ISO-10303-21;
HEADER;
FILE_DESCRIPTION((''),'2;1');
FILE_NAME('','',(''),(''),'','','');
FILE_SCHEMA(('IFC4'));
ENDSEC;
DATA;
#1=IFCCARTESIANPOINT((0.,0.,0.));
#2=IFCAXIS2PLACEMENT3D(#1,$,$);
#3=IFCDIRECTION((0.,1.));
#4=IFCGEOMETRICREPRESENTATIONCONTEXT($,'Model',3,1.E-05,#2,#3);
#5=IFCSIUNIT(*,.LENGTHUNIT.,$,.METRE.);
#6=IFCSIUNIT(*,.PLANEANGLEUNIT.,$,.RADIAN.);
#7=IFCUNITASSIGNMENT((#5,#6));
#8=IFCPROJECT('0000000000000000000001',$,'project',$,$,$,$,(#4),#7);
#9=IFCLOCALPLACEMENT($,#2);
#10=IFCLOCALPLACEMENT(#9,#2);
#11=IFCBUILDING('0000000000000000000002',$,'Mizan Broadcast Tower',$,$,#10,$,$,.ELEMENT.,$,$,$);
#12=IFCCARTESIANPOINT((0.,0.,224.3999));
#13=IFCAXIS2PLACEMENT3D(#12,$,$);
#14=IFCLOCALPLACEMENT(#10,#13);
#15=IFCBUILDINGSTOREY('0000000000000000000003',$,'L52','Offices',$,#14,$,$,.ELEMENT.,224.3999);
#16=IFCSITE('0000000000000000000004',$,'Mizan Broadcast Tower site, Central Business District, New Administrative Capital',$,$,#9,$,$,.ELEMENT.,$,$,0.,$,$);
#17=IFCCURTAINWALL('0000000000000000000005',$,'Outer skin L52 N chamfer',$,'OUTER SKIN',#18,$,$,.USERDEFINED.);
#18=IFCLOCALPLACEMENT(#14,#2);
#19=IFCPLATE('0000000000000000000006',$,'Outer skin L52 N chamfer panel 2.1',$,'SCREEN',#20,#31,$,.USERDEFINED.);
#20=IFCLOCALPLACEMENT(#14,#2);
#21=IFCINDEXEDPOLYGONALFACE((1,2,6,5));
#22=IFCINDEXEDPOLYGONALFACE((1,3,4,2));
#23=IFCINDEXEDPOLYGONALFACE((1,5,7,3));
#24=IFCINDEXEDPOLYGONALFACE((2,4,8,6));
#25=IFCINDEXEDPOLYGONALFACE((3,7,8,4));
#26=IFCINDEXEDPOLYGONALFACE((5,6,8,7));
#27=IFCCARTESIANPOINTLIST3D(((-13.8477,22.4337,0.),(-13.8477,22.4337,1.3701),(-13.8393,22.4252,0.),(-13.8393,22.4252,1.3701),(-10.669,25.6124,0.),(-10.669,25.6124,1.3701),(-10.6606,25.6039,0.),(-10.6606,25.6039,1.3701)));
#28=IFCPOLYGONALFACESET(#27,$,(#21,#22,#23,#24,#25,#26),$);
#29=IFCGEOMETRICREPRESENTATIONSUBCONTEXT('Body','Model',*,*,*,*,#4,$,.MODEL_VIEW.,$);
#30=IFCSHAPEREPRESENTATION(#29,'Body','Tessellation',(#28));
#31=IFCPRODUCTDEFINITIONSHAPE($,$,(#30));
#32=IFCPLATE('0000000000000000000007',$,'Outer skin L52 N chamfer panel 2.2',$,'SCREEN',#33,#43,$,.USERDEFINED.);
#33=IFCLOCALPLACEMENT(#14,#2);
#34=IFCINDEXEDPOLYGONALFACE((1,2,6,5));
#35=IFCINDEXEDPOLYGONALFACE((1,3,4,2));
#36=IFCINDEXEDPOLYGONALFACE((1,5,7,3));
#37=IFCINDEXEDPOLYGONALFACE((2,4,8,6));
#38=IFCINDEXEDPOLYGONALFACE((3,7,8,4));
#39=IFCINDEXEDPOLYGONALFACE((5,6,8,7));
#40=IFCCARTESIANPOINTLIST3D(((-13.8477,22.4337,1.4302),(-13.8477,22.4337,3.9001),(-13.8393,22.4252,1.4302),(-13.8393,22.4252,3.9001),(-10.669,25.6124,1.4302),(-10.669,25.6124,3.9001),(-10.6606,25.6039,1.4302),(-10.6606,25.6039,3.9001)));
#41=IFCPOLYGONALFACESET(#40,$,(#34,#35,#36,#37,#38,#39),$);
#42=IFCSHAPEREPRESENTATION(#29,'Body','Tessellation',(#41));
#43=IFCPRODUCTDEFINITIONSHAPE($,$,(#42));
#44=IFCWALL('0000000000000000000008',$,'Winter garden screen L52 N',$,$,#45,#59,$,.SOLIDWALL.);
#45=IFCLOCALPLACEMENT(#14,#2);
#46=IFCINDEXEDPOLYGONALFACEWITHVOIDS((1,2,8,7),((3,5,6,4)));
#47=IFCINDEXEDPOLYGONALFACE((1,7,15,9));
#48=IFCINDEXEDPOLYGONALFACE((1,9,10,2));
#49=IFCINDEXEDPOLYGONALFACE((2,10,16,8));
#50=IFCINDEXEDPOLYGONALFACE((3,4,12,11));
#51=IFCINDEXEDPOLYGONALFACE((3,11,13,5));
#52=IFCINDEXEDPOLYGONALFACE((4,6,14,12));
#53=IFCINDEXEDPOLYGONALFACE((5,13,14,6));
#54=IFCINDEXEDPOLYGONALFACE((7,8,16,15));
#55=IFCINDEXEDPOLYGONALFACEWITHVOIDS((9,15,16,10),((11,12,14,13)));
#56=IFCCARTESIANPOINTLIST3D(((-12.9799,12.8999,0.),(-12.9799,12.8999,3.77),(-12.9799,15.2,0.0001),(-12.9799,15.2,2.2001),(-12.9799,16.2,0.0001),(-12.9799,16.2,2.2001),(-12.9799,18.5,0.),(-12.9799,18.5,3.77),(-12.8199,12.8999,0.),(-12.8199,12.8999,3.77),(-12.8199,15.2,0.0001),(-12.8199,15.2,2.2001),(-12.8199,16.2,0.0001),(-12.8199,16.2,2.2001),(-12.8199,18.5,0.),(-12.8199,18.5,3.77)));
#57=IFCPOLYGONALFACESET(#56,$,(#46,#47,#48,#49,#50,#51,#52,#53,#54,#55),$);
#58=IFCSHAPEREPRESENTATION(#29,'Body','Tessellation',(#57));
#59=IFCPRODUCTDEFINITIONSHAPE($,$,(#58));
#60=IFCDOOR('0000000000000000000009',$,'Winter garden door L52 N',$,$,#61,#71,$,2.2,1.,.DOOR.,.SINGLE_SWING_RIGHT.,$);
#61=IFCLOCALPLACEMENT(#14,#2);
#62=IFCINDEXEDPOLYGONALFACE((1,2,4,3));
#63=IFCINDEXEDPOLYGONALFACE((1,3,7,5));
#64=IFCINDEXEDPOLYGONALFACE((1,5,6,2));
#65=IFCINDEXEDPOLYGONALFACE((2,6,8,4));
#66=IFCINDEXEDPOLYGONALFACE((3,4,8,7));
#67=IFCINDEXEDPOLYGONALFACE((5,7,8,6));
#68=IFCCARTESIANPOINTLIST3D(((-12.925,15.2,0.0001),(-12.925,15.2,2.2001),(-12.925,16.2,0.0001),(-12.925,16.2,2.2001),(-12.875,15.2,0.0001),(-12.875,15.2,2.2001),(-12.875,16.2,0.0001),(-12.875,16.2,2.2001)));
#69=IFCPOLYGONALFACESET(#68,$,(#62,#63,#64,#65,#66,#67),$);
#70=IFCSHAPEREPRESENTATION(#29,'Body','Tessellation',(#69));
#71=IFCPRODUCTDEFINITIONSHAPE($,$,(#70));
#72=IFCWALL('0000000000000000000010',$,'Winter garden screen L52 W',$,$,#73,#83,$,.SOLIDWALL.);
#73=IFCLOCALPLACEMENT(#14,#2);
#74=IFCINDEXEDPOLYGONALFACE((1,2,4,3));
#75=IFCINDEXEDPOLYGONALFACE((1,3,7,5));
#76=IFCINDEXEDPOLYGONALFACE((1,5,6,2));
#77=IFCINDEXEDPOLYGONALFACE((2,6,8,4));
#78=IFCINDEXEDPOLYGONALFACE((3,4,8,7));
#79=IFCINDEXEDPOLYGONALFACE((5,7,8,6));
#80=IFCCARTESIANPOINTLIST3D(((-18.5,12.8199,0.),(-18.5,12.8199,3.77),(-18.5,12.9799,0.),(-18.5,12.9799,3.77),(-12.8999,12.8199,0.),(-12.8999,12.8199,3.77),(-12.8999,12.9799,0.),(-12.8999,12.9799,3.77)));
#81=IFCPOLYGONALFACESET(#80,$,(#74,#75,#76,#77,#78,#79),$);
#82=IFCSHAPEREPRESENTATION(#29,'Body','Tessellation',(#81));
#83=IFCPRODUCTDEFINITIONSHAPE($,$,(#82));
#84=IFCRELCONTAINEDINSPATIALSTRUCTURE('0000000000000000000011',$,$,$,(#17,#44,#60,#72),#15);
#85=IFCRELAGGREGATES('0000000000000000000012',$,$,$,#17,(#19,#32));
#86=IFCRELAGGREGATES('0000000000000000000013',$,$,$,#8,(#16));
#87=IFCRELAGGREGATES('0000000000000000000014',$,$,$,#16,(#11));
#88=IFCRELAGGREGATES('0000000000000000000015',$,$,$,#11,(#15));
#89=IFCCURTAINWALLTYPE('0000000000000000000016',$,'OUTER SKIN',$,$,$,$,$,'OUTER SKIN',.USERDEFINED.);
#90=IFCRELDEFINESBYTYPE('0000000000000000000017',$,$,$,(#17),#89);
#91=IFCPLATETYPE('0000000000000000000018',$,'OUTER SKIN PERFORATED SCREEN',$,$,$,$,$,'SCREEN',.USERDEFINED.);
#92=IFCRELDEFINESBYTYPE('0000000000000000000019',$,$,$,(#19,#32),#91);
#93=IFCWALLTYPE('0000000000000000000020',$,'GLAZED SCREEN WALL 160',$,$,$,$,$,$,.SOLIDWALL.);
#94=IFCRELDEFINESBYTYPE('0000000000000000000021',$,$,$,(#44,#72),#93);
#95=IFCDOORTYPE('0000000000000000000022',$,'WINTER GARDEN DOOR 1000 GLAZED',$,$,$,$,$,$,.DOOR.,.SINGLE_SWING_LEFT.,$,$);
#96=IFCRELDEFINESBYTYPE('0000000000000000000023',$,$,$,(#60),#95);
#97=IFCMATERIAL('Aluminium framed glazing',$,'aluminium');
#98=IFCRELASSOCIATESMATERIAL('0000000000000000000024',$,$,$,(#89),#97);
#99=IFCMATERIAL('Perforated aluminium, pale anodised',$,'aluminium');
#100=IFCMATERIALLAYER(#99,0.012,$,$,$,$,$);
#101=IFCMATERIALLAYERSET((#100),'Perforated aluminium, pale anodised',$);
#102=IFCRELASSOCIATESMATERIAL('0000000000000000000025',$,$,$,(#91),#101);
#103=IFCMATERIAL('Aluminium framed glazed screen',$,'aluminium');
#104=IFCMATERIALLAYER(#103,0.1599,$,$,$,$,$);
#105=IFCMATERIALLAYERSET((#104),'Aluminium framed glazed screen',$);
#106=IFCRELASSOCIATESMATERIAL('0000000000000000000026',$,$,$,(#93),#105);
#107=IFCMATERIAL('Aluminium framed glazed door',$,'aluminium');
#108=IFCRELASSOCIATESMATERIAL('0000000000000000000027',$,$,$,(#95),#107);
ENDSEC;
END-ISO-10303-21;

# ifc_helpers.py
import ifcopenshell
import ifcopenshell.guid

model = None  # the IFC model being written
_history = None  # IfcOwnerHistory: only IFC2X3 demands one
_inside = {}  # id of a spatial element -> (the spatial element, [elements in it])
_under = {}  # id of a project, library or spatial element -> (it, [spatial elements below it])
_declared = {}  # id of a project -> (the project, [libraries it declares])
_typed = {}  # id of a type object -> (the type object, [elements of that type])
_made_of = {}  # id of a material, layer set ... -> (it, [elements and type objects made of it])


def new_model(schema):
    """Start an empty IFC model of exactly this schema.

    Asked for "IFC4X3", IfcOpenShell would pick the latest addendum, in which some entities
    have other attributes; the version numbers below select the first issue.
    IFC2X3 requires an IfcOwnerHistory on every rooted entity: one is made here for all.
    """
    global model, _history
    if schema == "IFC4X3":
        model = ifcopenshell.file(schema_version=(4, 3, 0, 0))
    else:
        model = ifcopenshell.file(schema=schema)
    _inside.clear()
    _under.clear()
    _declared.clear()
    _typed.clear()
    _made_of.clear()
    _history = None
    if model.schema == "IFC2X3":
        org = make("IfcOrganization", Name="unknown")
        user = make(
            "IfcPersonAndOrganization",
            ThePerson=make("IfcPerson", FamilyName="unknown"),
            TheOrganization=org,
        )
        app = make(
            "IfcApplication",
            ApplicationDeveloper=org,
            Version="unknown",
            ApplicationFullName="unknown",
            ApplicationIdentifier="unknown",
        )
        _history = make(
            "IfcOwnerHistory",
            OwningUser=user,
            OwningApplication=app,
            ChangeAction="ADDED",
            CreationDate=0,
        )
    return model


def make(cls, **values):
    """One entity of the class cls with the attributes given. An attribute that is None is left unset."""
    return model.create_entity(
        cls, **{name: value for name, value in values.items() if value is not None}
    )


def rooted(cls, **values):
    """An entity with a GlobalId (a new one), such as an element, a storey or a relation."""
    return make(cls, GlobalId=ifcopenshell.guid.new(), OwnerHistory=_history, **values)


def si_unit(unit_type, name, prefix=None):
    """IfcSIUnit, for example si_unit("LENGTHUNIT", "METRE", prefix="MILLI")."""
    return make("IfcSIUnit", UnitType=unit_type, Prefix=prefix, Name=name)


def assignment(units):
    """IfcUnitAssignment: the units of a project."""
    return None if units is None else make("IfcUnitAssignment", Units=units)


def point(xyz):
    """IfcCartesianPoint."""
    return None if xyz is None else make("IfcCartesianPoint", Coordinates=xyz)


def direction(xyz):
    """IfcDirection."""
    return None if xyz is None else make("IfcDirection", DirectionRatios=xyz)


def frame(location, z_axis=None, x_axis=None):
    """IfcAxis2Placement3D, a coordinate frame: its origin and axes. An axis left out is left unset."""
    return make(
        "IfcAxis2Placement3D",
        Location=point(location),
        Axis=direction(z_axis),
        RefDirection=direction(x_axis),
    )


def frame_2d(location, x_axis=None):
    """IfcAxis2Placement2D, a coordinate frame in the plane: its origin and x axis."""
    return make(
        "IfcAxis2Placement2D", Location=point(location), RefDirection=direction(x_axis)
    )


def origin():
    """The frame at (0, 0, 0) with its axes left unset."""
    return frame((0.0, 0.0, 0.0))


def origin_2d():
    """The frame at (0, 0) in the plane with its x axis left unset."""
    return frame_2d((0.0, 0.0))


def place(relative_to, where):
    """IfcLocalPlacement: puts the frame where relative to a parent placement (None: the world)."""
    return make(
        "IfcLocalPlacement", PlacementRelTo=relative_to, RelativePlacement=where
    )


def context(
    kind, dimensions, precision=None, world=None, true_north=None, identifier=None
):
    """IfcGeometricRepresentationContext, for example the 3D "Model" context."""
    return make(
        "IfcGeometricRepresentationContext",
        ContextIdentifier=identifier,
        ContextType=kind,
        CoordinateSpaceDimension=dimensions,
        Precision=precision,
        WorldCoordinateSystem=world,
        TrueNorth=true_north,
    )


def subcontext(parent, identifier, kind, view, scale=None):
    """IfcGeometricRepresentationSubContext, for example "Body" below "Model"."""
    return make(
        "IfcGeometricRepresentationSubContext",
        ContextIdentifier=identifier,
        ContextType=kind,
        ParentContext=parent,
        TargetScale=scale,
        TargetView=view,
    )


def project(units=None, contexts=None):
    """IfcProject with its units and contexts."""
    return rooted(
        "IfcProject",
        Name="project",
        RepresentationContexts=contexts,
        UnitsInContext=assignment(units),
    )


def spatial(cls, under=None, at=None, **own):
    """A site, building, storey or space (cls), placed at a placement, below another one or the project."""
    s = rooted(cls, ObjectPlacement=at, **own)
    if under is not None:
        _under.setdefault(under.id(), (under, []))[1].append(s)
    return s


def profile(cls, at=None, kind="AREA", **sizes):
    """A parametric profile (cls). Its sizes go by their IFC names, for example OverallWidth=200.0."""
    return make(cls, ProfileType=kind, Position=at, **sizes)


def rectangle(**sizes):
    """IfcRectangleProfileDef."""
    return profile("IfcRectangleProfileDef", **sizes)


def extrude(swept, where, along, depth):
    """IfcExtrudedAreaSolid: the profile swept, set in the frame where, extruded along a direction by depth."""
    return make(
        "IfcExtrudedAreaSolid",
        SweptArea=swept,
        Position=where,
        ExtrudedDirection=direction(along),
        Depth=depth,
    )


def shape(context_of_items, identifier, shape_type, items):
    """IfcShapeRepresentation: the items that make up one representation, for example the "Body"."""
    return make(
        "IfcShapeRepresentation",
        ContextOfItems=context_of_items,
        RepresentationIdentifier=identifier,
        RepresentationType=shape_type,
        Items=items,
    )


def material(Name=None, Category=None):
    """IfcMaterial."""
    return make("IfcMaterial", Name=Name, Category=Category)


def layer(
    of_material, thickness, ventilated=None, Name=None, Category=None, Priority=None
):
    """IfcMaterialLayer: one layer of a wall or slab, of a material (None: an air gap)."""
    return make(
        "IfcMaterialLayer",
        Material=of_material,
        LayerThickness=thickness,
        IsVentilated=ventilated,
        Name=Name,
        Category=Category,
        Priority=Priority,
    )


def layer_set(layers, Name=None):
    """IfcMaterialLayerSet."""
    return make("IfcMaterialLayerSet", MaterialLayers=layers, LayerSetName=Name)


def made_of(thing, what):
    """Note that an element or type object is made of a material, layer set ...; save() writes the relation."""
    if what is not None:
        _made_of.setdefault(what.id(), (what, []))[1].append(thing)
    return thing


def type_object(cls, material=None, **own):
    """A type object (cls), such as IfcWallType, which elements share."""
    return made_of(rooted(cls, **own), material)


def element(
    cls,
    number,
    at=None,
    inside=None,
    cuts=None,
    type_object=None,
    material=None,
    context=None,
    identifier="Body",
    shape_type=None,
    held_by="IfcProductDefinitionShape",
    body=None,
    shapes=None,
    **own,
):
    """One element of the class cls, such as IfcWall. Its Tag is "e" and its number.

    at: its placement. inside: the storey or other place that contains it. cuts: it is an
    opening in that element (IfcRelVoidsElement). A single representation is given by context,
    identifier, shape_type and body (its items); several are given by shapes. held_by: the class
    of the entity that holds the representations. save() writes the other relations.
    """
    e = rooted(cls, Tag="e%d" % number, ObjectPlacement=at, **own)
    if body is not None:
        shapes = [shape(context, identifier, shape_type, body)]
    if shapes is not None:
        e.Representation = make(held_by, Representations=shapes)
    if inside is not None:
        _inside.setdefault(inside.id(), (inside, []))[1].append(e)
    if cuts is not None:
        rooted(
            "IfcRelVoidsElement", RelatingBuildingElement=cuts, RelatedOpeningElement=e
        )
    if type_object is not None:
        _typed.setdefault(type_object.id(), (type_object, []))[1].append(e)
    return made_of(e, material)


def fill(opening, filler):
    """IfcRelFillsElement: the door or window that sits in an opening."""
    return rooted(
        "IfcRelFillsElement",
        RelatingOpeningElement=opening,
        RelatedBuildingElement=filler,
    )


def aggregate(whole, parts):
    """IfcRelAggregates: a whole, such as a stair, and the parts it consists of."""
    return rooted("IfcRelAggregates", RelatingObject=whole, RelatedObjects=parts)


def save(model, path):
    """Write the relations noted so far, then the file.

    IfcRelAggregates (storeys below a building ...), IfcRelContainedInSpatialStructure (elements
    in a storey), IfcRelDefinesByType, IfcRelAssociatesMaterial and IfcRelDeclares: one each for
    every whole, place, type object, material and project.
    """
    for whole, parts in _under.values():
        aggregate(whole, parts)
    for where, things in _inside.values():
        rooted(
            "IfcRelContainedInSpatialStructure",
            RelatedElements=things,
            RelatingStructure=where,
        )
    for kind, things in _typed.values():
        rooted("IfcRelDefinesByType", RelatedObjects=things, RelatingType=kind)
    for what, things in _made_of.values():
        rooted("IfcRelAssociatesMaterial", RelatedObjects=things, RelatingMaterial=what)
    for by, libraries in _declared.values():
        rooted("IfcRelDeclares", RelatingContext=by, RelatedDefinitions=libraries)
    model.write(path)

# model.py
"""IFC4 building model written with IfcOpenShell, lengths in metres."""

from ifc_helpers import new_model, si_unit, direction, frame, frame_2d, origin, origin_2d, place, context, subcontext, project, spatial, rectangle, extrude, material, layer, layer_set, type_object, element, fill, aggregate, save


model = new_model("IFC4")

# Units and contexts
model_context = context("Model", 3, precision=1e-05, world=origin(), true_north=direction((0.0, 1.0)))
body_context = subcontext(model_context, "Body", "Model", "MODEL_VIEW")
ifc_project = project(units=[si_unit("LENGTHUNIT", "METRE"), si_unit("PLANEANGLEUNIT", "RADIAN")], contexts=[model_context])

# Site, building, storey
site_placement = place(None, origin())
site = spatial("IfcSite", under=ifc_project, at=site_placement, Name="Mizan Broadcast Tower site, Central Business District, New Administrative Capital", CompositionType="ELEMENT", RefElevation=0.0)
building_placement = place(site_placement, origin())
building = spatial("IfcBuilding", under=site, at=building_placement, Name="Mizan Broadcast Tower", CompositionType="ELEMENT")
storey_placement = place(building_placement, frame((0.0, 0.0, 224.3999)))
storey = spatial("IfcBuildingStorey", under=building, at=storey_placement, Name="L52", Description="Offices", CompositionType="ELEMENT", Elevation=224.3999)

# Curtain wall
ifc_material_1 = material(Name="Aluminium framed glazing", Category="aluminium")
curtain_wall_type_1 = type_object("IfcCurtainWallType", Name="OUTER SKIN", ElementType="OUTER SKIN", PredefinedType="USERDEFINED", material=ifc_material_1)
curtain_wall_1_placement = place(storey_placement, origin())
curtain_wall_1 = element("IfcCurtainWall", 1, at=curtain_wall_1_placement, inside=storey, type_object=curtain_wall_type_1, Name="Outer skin L52 N chamfer", ObjectType="OUTER SKIN", PredefinedType="USERDEFINED")

# Plates
ifc_material_2 = material(Name="Perforated aluminium, pale anodised", Category="aluminium")
ifc_layer_1 = layer(ifc_material_2, 0.012)
ifc_layer_set_1 = layer_set([ifc_layer_1], Name="Perforated aluminium, pale anodised")
plate_type_1 = type_object("IfcPlateType", Name="OUTER SKIN PERFORATED SCREEN", ElementType="SCREEN", PredefinedType="USERDEFINED", material=ifc_layer_set_1)
plate_1_placement = place(storey_placement, frame((-12.2542, 24.0188, 0.0), z_axis=(0.0, 0.0, 1.0), x_axis=(-0.707107, -0.707107, 0.0)))
plate_1 = element("IfcPlate", 2, at=plate_1_placement, type_object=plate_type_1, Name="Outer skin L52 N chamfer panel 2.1", ObjectType="SCREEN", PredefinedType="USERDEFINED", context=body_context, shape_type="SweptSolid", body=[
    extrude(rectangle(XDim=4.4954, YDim=0.012, at=origin_2d()), origin(), (0.0, 0.0, 1.0), 1.3701),
])
plate_2_placement = place(storey_placement, frame((-12.2542, 24.0188, 1.4302), z_axis=(0.0, 0.0, 1.0), x_axis=(-0.707107, -0.707107, 0.0)))
plate_2 = element("IfcPlate", 3, at=plate_2_placement, type_object=plate_type_1, Name="Outer skin L52 N chamfer panel 2.2", ObjectType="SCREEN", PredefinedType="USERDEFINED", context=body_context, shape_type="SweptSolid", body=[
    extrude(rectangle(XDim=4.4954, YDim=0.012, at=origin_2d()), origin(), (0.0, 0.0, 1.0), 2.47),
])
aggregate(curtain_wall_1, [plate_1, plate_2])

# Wall, opening, door
ifc_material_3 = material(Name="Aluminium framed glazed screen", Category="aluminium")
ifc_layer_2 = layer(ifc_material_3, 0.1599)
ifc_layer_set_2 = layer_set([ifc_layer_2], Name="Aluminium framed glazed screen")
wall_type = type_object("IfcWallType", Name="GLAZED SCREEN WALL 160", PredefinedType="SOLIDWALL", material=ifc_layer_set_2)
wall_1_placement = place(storey_placement, frame((-12.8999, 18.5, 0.0), z_axis=(0.0, 0.0, 1.0), x_axis=(0.0, -1.0, 0.0)))
wall_1 = element("IfcWall", 4, at=wall_1_placement, inside=storey, type_object=wall_type, Name="Winter garden screen L52 N", PredefinedType="SOLIDWALL", context=body_context, shape_type="SweptSolid", body=[
    extrude(rectangle(XDim=5.6001, YDim=0.1599, at=frame_2d((2.8, 0.0))), origin(), (0.0, 0.0, 1.0), 3.77),
])
opening_placement = place(wall_1_placement, frame((2.3, 0.0, 0.0)))
opening = element("IfcOpeningElement", 5, at=opening_placement, cuts=wall_1, PredefinedType="OPENING", context=body_context, shape_type="SweptSolid", body=[
    extrude(rectangle(XDim=1.0, YDim=2.2, at=frame_2d((0.5, 1.1001))), frame((0.0, 0.0898, 0.0), z_axis=(0.0, -1.0, 0.0), x_axis=(1.0, 0.0, 0.0)), (0.0, 0.0, 1.0), 0.1799),
])
ifc_material_4 = material(Name="Aluminium framed glazed door", Category="aluminium")
door_type = type_object("IfcDoorType", Name="WINTER GARDEN DOOR 1000 GLAZED", OperationType="SINGLE_SWING_LEFT", PredefinedType="DOOR", material=ifc_material_4)
door_placement = place(opening_placement, origin())
door = element("IfcDoor", 6, at=door_placement, inside=storey, type_object=door_type, Name="Winter garden door L52 N", OperationType="SINGLE_SWING_RIGHT", OverallHeight=2.2, OverallWidth=1.0, PredefinedType="DOOR", context=body_context, shape_type="SweptSolid", body=[
    extrude(rectangle(XDim=1.0, YDim=2.2, at=frame_2d((0.5, 1.1001))), frame((0.0, 0.0249, 0.0), z_axis=(0.0, -1.0, 0.0), x_axis=(1.0, 0.0, 0.0)), (0.0, 0.0, 1.0), 0.05),
])
fill(opening, door)

# Wall
wall_2_placement = place(storey_placement, frame((-12.8999, 12.8999, 0.0), z_axis=(0.0, 0.0, 1.0), x_axis=(-1.0, 0.0, 0.0)))
element("IfcWall", 7, at=wall_2_placement, inside=storey, type_object=wall_type, Name="Winter garden screen L52 W", PredefinedType="SOLIDWALL", context=body_context, shape_type="SweptSolid", body=[
    extrude(rectangle(XDim=5.6001, YDim=0.1599, at=frame_2d((2.8, 0.0))), origin(), (0.0, 0.0, 1.0), 3.77),
])

save(model, "model.ifc")
